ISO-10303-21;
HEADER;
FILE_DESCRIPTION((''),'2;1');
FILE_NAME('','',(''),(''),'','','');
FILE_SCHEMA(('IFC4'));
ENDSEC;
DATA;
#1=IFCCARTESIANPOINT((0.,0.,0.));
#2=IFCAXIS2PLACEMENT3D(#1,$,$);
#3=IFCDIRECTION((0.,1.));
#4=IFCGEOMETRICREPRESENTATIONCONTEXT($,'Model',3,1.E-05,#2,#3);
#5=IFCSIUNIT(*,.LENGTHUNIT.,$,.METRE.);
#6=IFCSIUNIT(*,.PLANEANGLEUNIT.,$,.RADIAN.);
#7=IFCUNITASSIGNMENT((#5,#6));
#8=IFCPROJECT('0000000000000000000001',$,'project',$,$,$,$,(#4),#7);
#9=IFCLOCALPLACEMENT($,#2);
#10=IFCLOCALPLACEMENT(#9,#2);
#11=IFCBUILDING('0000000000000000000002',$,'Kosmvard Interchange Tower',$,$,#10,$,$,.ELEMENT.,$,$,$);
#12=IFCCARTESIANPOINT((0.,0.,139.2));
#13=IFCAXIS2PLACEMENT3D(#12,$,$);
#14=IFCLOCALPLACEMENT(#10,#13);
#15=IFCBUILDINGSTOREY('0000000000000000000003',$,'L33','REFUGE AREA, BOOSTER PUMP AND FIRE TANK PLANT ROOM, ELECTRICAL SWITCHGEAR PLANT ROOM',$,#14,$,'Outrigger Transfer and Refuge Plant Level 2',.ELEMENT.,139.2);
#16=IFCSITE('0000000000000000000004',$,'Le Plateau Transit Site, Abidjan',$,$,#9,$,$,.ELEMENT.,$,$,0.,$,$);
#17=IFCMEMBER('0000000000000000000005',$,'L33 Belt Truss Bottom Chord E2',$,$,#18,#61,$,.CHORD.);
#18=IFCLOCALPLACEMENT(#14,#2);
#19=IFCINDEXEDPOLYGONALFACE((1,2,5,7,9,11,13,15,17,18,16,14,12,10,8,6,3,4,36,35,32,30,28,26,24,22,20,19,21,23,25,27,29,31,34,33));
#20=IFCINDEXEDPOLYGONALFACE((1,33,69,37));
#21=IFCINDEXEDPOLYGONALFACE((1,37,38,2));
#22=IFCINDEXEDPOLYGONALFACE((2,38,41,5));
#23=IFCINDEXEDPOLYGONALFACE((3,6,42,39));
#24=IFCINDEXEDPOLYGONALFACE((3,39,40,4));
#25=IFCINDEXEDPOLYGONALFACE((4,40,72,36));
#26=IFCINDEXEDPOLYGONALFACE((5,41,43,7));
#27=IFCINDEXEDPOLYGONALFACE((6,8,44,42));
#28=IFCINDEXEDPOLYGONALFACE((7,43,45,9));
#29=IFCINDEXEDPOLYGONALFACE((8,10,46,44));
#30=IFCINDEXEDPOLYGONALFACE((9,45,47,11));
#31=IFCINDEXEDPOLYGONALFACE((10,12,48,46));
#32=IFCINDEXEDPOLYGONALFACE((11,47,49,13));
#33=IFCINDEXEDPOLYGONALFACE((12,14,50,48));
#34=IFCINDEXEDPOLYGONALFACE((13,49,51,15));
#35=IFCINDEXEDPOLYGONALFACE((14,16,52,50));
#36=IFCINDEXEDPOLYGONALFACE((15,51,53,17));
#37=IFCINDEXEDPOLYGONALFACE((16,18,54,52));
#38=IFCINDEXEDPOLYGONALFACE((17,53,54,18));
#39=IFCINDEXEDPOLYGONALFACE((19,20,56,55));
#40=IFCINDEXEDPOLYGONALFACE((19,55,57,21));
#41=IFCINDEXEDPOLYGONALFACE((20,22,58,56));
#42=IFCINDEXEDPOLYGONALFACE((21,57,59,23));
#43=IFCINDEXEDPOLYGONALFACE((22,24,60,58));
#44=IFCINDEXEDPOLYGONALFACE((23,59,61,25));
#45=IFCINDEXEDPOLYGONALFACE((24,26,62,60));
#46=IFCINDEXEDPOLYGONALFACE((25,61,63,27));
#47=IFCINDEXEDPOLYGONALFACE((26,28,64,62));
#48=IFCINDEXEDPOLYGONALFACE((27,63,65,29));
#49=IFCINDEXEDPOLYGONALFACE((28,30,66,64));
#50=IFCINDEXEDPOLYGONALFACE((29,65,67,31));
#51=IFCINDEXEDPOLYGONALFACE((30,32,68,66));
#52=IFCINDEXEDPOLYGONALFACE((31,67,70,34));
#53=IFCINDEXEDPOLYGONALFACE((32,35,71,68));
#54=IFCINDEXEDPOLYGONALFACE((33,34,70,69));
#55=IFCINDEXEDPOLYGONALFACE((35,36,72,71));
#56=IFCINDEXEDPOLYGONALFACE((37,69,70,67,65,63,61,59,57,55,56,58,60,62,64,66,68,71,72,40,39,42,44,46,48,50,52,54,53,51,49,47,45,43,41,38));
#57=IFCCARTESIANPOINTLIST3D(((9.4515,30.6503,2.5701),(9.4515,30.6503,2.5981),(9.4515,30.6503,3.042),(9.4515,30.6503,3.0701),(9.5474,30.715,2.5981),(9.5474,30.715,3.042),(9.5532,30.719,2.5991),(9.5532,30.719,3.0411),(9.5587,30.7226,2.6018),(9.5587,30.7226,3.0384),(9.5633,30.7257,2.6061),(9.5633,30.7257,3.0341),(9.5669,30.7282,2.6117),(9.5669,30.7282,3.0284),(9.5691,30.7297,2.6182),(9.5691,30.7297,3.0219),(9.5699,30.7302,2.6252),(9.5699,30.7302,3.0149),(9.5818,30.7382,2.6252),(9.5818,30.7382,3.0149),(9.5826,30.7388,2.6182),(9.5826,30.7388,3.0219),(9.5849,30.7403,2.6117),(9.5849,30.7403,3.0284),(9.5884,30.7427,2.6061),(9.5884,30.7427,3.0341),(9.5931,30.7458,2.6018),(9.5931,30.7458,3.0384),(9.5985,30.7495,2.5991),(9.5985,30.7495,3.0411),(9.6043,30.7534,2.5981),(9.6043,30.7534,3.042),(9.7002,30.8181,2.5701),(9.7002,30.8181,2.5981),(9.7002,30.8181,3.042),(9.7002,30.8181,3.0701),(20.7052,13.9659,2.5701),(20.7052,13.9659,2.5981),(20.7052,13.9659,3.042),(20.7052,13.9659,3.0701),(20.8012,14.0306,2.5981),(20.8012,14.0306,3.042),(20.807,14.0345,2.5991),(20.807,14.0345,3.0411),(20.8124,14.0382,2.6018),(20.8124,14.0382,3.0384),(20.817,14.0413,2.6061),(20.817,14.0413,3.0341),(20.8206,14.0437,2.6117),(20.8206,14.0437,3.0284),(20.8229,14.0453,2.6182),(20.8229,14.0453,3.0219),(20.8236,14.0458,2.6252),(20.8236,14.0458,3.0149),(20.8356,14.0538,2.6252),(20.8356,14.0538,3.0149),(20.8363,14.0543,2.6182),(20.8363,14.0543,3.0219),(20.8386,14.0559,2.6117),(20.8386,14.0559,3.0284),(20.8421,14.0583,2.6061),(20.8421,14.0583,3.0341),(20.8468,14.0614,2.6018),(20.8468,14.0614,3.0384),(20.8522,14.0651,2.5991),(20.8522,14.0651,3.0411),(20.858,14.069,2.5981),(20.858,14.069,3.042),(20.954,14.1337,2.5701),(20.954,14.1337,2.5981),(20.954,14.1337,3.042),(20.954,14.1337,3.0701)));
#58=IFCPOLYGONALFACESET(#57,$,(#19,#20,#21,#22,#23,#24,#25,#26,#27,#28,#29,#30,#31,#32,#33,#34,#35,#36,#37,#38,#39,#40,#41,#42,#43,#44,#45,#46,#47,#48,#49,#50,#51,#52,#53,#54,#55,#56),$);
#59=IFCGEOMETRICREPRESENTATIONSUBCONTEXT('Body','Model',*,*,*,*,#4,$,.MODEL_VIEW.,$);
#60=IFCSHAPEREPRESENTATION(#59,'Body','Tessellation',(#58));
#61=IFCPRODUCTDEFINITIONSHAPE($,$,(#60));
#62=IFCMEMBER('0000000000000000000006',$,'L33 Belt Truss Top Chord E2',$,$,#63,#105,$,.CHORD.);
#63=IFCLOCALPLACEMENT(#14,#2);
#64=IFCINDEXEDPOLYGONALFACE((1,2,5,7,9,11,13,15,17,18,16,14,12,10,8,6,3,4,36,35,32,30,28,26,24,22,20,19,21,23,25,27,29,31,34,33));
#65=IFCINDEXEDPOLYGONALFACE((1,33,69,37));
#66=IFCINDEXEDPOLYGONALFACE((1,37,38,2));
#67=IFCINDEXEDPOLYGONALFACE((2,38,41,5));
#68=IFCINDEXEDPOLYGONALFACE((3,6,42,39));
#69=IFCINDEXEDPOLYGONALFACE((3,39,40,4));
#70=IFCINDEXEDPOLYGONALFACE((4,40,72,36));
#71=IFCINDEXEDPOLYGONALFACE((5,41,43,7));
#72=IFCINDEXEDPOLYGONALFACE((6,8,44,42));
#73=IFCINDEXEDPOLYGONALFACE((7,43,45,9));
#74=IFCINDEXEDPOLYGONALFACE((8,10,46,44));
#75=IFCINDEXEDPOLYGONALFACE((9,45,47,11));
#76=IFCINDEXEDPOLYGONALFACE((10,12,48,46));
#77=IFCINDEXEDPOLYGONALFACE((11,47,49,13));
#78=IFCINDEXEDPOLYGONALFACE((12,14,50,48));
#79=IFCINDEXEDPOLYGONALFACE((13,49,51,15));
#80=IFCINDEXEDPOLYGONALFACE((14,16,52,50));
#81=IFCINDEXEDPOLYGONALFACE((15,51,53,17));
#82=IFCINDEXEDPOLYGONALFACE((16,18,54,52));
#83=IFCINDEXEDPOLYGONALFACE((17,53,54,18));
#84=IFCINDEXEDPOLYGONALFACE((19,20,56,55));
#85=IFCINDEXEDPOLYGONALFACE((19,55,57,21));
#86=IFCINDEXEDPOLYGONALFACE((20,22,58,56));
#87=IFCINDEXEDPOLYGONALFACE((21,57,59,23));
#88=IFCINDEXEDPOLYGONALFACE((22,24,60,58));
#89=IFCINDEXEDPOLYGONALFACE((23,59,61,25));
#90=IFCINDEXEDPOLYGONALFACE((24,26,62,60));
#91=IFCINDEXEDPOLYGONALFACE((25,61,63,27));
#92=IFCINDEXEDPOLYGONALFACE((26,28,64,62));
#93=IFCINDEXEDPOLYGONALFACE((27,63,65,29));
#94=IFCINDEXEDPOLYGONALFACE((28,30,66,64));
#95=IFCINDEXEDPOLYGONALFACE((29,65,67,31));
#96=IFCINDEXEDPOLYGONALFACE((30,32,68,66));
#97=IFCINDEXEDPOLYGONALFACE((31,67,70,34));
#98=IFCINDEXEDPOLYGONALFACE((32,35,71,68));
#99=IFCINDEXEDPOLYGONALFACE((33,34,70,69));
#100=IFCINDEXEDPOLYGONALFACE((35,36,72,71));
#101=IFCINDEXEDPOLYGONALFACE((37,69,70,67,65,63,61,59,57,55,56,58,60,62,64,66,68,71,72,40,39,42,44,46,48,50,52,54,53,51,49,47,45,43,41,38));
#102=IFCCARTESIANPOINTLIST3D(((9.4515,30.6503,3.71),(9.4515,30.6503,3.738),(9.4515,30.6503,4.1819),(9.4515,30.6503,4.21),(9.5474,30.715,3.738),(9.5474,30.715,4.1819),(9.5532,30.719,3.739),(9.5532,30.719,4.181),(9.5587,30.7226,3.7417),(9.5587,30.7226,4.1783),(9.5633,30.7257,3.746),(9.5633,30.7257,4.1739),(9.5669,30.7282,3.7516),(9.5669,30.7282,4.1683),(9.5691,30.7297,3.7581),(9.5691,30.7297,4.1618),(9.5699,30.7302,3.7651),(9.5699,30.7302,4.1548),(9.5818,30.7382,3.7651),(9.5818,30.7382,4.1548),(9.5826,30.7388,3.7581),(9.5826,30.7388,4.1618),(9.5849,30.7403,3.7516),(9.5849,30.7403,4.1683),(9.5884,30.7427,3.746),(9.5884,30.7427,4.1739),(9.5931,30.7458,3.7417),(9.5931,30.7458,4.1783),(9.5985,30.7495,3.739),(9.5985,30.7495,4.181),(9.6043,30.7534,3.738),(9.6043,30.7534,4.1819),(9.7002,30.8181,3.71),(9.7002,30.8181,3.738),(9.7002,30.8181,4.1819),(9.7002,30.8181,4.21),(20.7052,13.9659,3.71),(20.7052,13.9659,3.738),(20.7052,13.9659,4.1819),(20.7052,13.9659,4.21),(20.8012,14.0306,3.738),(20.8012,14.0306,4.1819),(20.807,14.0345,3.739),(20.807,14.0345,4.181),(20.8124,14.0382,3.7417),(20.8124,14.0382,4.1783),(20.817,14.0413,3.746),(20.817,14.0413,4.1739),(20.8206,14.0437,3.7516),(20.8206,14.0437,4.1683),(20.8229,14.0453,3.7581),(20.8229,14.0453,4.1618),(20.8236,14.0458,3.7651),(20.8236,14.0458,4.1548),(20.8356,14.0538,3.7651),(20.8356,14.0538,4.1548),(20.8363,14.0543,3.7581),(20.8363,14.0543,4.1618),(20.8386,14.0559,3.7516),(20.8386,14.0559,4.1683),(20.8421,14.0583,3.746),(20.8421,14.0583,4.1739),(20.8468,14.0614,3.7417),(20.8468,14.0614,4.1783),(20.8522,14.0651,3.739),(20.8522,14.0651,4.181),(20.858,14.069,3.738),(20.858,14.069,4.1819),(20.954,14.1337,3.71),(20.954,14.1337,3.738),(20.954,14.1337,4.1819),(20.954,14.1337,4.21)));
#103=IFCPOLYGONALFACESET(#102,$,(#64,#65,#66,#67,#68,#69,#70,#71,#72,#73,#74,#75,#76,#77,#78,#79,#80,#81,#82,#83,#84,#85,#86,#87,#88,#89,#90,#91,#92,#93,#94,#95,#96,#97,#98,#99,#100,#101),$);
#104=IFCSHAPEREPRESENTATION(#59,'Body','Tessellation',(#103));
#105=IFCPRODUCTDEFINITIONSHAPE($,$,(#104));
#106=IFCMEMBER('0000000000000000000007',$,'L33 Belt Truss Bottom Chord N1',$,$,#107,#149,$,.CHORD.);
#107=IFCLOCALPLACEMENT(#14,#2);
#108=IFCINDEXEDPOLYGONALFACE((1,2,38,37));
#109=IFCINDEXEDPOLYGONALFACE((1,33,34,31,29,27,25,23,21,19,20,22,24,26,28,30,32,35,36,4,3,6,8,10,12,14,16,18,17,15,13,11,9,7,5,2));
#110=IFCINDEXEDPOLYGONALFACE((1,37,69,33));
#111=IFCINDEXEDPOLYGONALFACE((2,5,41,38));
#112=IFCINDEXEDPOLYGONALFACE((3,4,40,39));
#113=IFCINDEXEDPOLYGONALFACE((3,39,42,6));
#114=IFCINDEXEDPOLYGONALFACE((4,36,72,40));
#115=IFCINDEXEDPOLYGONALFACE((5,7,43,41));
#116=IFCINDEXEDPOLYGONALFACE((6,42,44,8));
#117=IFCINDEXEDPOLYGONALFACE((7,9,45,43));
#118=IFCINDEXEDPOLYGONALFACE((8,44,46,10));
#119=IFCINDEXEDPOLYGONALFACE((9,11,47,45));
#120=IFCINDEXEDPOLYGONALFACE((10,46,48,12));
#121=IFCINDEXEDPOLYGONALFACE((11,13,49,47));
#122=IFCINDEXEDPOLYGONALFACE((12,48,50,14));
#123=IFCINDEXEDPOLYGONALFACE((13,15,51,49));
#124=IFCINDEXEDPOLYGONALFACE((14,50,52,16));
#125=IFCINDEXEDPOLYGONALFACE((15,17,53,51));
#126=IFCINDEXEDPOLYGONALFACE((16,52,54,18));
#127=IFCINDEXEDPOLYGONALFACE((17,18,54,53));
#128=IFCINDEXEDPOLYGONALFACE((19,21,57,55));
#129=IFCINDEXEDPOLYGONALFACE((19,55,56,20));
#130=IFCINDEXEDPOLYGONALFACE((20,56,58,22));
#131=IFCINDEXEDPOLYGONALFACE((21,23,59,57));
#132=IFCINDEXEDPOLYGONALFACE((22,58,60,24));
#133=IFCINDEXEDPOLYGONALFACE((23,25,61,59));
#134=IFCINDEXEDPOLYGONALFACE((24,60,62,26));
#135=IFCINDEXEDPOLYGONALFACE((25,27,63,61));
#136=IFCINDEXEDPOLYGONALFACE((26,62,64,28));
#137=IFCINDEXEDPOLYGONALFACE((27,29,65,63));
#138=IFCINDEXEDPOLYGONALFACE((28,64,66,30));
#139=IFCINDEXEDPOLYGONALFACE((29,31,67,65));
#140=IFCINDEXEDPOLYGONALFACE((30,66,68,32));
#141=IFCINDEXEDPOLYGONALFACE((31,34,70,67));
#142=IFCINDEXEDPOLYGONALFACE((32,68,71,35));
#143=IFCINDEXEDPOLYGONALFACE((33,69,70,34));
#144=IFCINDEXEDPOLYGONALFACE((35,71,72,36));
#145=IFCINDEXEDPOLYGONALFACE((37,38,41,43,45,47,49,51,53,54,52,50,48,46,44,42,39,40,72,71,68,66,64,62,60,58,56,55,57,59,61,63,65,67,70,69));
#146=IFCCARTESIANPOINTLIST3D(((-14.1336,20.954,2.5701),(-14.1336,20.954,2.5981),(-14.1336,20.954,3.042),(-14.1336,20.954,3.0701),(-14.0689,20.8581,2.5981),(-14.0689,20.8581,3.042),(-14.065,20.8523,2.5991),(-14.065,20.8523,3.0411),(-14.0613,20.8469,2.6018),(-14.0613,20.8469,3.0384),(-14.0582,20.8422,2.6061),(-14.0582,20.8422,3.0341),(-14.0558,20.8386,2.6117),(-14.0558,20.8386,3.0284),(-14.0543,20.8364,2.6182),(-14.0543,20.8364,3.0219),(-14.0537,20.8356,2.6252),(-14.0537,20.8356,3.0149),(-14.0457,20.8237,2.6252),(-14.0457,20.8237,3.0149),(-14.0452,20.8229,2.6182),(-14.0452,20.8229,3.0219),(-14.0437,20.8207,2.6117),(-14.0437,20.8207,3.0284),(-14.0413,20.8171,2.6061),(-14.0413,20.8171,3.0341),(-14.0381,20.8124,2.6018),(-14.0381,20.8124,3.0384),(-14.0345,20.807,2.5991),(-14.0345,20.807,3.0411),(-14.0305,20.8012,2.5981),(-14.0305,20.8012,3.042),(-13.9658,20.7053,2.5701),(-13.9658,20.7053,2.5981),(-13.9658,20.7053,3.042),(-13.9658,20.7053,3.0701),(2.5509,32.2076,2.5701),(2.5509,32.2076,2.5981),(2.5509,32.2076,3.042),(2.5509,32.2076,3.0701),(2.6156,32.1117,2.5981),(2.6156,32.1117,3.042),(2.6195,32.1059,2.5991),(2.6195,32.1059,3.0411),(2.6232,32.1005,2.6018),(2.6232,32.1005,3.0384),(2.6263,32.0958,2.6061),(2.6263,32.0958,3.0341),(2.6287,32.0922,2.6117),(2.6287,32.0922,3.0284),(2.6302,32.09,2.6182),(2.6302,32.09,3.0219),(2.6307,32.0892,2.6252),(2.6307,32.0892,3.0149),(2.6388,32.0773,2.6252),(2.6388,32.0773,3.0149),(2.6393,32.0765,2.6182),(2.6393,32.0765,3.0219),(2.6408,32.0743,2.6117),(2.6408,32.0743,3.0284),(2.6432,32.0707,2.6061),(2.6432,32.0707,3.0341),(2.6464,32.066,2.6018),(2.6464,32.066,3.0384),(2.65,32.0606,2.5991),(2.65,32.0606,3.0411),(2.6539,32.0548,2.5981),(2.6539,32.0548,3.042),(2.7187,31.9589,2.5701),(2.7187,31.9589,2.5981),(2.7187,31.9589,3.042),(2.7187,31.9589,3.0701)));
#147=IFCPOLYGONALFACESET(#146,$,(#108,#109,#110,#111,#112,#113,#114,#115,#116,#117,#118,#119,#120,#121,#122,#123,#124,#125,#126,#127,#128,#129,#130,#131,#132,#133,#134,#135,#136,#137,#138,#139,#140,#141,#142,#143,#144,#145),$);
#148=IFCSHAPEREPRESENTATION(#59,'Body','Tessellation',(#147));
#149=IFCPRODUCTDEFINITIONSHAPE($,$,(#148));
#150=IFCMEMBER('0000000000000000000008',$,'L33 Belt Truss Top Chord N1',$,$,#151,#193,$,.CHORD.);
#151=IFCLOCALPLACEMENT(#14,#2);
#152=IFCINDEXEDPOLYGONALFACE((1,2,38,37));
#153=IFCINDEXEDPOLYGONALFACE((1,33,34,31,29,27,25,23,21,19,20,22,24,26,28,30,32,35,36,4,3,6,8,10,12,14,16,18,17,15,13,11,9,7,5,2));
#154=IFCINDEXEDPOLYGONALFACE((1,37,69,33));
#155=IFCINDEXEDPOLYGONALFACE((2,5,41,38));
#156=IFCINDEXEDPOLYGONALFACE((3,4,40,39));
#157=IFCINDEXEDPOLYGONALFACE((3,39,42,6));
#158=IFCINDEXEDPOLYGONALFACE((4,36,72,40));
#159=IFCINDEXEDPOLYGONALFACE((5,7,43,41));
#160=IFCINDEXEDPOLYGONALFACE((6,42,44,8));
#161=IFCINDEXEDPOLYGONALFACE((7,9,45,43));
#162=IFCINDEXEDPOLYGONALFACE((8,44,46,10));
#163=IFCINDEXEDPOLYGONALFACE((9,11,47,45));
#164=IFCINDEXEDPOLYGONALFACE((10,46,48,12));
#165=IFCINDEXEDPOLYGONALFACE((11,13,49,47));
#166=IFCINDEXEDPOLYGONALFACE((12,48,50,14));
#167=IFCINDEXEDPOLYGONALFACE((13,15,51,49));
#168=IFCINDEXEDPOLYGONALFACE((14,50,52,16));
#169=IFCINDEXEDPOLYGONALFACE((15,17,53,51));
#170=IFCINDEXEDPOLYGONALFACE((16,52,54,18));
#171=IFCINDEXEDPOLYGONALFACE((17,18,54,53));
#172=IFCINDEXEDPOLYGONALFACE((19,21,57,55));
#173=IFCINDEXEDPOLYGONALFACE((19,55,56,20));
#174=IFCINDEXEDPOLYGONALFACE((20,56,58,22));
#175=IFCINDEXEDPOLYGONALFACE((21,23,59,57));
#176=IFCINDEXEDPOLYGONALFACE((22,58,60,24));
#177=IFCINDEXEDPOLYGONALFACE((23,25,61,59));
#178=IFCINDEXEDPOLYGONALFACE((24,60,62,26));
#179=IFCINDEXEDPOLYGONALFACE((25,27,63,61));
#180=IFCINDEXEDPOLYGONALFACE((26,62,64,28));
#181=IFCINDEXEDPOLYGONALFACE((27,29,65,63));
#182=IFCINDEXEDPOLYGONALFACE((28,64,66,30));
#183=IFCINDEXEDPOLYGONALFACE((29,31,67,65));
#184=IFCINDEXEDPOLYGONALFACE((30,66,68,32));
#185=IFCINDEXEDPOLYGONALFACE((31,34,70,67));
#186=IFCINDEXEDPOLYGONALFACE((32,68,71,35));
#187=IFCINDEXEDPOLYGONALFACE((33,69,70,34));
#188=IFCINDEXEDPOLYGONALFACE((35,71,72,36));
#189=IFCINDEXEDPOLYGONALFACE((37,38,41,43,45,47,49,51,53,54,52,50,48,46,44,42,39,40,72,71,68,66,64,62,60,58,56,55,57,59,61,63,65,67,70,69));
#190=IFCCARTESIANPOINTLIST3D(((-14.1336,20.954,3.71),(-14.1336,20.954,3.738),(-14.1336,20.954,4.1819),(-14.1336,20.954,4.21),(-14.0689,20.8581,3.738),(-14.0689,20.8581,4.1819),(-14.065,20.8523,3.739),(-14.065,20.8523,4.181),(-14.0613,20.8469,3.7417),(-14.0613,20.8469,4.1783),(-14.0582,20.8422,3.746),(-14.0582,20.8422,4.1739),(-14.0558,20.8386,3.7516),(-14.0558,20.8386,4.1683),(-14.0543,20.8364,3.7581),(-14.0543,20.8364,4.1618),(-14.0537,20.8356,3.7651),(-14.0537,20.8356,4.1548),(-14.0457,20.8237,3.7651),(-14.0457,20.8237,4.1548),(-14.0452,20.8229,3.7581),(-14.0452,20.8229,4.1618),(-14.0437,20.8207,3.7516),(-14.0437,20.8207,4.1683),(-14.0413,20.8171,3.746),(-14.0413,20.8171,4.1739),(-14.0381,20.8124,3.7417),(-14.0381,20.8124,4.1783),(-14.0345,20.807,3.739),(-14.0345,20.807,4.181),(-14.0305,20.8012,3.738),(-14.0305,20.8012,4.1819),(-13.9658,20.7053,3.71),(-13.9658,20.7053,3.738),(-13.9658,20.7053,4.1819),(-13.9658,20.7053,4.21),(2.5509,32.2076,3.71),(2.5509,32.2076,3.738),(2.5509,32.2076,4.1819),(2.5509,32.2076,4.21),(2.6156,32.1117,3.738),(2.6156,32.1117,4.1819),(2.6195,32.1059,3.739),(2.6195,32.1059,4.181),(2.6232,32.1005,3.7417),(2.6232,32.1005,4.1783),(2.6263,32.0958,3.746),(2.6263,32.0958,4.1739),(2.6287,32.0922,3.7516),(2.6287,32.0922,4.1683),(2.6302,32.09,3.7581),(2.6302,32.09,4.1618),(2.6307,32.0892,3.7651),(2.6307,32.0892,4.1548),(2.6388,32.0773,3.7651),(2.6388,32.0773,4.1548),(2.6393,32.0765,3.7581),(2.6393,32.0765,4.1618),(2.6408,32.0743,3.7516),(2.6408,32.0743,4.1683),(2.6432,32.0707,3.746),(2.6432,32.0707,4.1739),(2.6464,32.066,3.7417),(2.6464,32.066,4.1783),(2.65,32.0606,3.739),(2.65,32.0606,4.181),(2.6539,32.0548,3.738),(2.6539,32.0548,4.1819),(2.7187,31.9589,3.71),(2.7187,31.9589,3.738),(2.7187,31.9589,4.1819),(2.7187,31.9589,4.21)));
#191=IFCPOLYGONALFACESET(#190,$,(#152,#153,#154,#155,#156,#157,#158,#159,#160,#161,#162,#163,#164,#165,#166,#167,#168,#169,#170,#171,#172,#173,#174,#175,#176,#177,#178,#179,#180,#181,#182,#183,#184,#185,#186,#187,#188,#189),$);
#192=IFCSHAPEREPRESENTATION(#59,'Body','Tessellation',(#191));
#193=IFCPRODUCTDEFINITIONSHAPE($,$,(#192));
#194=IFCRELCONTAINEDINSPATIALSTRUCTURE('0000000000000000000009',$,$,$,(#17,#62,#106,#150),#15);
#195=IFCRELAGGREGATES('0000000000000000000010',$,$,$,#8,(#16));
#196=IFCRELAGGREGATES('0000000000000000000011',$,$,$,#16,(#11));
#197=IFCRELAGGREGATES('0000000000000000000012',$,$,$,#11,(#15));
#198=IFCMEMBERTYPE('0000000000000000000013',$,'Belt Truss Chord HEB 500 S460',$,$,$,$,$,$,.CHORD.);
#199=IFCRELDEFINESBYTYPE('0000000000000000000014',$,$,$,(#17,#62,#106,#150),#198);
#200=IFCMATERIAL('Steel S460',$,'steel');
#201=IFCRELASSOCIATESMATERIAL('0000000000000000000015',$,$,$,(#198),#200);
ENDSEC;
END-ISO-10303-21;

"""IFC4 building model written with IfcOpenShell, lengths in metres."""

from ifc_helpers import new_model, si_unit, direction, frame, origin, origin_2d, place, context, subcontext, project, spatial, i_section, extrude, source, transform, mapped, material, material_profile, profile_set, type_object, element, save


model = new_model("IFC4")

# Units and contexts
model_context = context("Model", 3, precision=1e-05, world=origin(), true_north=direction((0.0, 1.0)))
body_context = subcontext(model_context, "Body", "Model", "MODEL_VIEW")
ifc_project = project(units=[si_unit("LENGTHUNIT", "METRE"), si_unit("PLANEANGLEUNIT", "RADIAN")], contexts=[model_context])

# Site, building, storey
site_placement = place(None, origin())
site = spatial("IfcSite", under=ifc_project, at=site_placement, Name="Le Plateau Transit Site, Abidjan", CompositionType="ELEMENT", RefElevation=0.0)
building_placement = place(site_placement, origin())
building = spatial("IfcBuilding", under=site, at=building_placement, Name="Kosmvard Interchange Tower", CompositionType="ELEMENT")
storey_placement = place(building_placement, frame((0.0, 0.0, 139.2)))
storey = spatial("IfcBuildingStorey", under=building, at=storey_placement, Name="L33", Description="REFUGE AREA, BOOSTER PUMP AND FIRE TANK PLANT ROOM, ELECTRICAL SWITCHGEAR PLANT ROOM", LongName="Outrigger Transfer and Refuge Plant Level 2", CompositionType="ELEMENT", Elevation=139.2)

# Shared definitions
ifc_material_1 = material(Name="Steel S460", Category="steel")

# Members
ifc_material_profile_1 = material_profile(ifc_material_1, i_section(OverallWidth=0.3, OverallDepth=0.5, WebThickness=0.0144, FlangeThickness=0.0281, FilletRadius=0.0271, at=origin_2d()), Name="HEB 500")
ifc_profile_set_1 = profile_set([ifc_material_profile_1], Name="Steel S460")
member_type_1 = type_object("IfcMemberType", Name="Belt Truss Chord HEB 500 S460", PredefinedType="CHORD", material=ifc_profile_set_1)
shared_shape_1 = source(origin(), body_context, "Body", "SweptSolid", [
    extrude(i_section(OverallWidth=0.3, OverallDepth=0.5, WebThickness=0.0144, FlangeThickness=0.0281, FilletRadius=0.0271, at=origin_2d()), origin(), (0.0, 0.0, 1.0), 20.125),
])
for number, where, z_axis, x_axis, name in (
    (1, (20.8296, 14.0498, 2.8201), (-0.559191, 0.829039, 0.0), (-0.829039, -0.559191, 0.0), "L33 Belt Truss Bottom Chord E2"),
    (2, (20.8296, 14.0498, 3.96), (-0.559191, 0.829039, 0.0), (-0.829039, -0.559191, 0.0), "L33 Belt Truss Top Chord E2"),
    (3, (2.6348, 32.0833, 2.8201), (-0.829043, -0.559185, 0.0), (0.559185, -0.829043, 0.0), "L33 Belt Truss Bottom Chord N1"),
    (4, (2.6348, 32.0833, 3.96), (-0.829043, -0.559185, 0.0), (0.559185, -0.829043, 0.0), "L33 Belt Truss Top Chord N1"),
):
    element("IfcMember", number, at=place(storey_placement, frame(where, z_axis=z_axis, x_axis=x_axis)), inside=storey, type_object=member_type_1, Name=name, PredefinedType="CHORD", context=body_context, shape_type="MappedRepresentation", body=[
        mapped(shared_shape_1, transform((0.0, 0.0, 0.0), scale=1.0)),
    ])

save(model, "model.ifc")
